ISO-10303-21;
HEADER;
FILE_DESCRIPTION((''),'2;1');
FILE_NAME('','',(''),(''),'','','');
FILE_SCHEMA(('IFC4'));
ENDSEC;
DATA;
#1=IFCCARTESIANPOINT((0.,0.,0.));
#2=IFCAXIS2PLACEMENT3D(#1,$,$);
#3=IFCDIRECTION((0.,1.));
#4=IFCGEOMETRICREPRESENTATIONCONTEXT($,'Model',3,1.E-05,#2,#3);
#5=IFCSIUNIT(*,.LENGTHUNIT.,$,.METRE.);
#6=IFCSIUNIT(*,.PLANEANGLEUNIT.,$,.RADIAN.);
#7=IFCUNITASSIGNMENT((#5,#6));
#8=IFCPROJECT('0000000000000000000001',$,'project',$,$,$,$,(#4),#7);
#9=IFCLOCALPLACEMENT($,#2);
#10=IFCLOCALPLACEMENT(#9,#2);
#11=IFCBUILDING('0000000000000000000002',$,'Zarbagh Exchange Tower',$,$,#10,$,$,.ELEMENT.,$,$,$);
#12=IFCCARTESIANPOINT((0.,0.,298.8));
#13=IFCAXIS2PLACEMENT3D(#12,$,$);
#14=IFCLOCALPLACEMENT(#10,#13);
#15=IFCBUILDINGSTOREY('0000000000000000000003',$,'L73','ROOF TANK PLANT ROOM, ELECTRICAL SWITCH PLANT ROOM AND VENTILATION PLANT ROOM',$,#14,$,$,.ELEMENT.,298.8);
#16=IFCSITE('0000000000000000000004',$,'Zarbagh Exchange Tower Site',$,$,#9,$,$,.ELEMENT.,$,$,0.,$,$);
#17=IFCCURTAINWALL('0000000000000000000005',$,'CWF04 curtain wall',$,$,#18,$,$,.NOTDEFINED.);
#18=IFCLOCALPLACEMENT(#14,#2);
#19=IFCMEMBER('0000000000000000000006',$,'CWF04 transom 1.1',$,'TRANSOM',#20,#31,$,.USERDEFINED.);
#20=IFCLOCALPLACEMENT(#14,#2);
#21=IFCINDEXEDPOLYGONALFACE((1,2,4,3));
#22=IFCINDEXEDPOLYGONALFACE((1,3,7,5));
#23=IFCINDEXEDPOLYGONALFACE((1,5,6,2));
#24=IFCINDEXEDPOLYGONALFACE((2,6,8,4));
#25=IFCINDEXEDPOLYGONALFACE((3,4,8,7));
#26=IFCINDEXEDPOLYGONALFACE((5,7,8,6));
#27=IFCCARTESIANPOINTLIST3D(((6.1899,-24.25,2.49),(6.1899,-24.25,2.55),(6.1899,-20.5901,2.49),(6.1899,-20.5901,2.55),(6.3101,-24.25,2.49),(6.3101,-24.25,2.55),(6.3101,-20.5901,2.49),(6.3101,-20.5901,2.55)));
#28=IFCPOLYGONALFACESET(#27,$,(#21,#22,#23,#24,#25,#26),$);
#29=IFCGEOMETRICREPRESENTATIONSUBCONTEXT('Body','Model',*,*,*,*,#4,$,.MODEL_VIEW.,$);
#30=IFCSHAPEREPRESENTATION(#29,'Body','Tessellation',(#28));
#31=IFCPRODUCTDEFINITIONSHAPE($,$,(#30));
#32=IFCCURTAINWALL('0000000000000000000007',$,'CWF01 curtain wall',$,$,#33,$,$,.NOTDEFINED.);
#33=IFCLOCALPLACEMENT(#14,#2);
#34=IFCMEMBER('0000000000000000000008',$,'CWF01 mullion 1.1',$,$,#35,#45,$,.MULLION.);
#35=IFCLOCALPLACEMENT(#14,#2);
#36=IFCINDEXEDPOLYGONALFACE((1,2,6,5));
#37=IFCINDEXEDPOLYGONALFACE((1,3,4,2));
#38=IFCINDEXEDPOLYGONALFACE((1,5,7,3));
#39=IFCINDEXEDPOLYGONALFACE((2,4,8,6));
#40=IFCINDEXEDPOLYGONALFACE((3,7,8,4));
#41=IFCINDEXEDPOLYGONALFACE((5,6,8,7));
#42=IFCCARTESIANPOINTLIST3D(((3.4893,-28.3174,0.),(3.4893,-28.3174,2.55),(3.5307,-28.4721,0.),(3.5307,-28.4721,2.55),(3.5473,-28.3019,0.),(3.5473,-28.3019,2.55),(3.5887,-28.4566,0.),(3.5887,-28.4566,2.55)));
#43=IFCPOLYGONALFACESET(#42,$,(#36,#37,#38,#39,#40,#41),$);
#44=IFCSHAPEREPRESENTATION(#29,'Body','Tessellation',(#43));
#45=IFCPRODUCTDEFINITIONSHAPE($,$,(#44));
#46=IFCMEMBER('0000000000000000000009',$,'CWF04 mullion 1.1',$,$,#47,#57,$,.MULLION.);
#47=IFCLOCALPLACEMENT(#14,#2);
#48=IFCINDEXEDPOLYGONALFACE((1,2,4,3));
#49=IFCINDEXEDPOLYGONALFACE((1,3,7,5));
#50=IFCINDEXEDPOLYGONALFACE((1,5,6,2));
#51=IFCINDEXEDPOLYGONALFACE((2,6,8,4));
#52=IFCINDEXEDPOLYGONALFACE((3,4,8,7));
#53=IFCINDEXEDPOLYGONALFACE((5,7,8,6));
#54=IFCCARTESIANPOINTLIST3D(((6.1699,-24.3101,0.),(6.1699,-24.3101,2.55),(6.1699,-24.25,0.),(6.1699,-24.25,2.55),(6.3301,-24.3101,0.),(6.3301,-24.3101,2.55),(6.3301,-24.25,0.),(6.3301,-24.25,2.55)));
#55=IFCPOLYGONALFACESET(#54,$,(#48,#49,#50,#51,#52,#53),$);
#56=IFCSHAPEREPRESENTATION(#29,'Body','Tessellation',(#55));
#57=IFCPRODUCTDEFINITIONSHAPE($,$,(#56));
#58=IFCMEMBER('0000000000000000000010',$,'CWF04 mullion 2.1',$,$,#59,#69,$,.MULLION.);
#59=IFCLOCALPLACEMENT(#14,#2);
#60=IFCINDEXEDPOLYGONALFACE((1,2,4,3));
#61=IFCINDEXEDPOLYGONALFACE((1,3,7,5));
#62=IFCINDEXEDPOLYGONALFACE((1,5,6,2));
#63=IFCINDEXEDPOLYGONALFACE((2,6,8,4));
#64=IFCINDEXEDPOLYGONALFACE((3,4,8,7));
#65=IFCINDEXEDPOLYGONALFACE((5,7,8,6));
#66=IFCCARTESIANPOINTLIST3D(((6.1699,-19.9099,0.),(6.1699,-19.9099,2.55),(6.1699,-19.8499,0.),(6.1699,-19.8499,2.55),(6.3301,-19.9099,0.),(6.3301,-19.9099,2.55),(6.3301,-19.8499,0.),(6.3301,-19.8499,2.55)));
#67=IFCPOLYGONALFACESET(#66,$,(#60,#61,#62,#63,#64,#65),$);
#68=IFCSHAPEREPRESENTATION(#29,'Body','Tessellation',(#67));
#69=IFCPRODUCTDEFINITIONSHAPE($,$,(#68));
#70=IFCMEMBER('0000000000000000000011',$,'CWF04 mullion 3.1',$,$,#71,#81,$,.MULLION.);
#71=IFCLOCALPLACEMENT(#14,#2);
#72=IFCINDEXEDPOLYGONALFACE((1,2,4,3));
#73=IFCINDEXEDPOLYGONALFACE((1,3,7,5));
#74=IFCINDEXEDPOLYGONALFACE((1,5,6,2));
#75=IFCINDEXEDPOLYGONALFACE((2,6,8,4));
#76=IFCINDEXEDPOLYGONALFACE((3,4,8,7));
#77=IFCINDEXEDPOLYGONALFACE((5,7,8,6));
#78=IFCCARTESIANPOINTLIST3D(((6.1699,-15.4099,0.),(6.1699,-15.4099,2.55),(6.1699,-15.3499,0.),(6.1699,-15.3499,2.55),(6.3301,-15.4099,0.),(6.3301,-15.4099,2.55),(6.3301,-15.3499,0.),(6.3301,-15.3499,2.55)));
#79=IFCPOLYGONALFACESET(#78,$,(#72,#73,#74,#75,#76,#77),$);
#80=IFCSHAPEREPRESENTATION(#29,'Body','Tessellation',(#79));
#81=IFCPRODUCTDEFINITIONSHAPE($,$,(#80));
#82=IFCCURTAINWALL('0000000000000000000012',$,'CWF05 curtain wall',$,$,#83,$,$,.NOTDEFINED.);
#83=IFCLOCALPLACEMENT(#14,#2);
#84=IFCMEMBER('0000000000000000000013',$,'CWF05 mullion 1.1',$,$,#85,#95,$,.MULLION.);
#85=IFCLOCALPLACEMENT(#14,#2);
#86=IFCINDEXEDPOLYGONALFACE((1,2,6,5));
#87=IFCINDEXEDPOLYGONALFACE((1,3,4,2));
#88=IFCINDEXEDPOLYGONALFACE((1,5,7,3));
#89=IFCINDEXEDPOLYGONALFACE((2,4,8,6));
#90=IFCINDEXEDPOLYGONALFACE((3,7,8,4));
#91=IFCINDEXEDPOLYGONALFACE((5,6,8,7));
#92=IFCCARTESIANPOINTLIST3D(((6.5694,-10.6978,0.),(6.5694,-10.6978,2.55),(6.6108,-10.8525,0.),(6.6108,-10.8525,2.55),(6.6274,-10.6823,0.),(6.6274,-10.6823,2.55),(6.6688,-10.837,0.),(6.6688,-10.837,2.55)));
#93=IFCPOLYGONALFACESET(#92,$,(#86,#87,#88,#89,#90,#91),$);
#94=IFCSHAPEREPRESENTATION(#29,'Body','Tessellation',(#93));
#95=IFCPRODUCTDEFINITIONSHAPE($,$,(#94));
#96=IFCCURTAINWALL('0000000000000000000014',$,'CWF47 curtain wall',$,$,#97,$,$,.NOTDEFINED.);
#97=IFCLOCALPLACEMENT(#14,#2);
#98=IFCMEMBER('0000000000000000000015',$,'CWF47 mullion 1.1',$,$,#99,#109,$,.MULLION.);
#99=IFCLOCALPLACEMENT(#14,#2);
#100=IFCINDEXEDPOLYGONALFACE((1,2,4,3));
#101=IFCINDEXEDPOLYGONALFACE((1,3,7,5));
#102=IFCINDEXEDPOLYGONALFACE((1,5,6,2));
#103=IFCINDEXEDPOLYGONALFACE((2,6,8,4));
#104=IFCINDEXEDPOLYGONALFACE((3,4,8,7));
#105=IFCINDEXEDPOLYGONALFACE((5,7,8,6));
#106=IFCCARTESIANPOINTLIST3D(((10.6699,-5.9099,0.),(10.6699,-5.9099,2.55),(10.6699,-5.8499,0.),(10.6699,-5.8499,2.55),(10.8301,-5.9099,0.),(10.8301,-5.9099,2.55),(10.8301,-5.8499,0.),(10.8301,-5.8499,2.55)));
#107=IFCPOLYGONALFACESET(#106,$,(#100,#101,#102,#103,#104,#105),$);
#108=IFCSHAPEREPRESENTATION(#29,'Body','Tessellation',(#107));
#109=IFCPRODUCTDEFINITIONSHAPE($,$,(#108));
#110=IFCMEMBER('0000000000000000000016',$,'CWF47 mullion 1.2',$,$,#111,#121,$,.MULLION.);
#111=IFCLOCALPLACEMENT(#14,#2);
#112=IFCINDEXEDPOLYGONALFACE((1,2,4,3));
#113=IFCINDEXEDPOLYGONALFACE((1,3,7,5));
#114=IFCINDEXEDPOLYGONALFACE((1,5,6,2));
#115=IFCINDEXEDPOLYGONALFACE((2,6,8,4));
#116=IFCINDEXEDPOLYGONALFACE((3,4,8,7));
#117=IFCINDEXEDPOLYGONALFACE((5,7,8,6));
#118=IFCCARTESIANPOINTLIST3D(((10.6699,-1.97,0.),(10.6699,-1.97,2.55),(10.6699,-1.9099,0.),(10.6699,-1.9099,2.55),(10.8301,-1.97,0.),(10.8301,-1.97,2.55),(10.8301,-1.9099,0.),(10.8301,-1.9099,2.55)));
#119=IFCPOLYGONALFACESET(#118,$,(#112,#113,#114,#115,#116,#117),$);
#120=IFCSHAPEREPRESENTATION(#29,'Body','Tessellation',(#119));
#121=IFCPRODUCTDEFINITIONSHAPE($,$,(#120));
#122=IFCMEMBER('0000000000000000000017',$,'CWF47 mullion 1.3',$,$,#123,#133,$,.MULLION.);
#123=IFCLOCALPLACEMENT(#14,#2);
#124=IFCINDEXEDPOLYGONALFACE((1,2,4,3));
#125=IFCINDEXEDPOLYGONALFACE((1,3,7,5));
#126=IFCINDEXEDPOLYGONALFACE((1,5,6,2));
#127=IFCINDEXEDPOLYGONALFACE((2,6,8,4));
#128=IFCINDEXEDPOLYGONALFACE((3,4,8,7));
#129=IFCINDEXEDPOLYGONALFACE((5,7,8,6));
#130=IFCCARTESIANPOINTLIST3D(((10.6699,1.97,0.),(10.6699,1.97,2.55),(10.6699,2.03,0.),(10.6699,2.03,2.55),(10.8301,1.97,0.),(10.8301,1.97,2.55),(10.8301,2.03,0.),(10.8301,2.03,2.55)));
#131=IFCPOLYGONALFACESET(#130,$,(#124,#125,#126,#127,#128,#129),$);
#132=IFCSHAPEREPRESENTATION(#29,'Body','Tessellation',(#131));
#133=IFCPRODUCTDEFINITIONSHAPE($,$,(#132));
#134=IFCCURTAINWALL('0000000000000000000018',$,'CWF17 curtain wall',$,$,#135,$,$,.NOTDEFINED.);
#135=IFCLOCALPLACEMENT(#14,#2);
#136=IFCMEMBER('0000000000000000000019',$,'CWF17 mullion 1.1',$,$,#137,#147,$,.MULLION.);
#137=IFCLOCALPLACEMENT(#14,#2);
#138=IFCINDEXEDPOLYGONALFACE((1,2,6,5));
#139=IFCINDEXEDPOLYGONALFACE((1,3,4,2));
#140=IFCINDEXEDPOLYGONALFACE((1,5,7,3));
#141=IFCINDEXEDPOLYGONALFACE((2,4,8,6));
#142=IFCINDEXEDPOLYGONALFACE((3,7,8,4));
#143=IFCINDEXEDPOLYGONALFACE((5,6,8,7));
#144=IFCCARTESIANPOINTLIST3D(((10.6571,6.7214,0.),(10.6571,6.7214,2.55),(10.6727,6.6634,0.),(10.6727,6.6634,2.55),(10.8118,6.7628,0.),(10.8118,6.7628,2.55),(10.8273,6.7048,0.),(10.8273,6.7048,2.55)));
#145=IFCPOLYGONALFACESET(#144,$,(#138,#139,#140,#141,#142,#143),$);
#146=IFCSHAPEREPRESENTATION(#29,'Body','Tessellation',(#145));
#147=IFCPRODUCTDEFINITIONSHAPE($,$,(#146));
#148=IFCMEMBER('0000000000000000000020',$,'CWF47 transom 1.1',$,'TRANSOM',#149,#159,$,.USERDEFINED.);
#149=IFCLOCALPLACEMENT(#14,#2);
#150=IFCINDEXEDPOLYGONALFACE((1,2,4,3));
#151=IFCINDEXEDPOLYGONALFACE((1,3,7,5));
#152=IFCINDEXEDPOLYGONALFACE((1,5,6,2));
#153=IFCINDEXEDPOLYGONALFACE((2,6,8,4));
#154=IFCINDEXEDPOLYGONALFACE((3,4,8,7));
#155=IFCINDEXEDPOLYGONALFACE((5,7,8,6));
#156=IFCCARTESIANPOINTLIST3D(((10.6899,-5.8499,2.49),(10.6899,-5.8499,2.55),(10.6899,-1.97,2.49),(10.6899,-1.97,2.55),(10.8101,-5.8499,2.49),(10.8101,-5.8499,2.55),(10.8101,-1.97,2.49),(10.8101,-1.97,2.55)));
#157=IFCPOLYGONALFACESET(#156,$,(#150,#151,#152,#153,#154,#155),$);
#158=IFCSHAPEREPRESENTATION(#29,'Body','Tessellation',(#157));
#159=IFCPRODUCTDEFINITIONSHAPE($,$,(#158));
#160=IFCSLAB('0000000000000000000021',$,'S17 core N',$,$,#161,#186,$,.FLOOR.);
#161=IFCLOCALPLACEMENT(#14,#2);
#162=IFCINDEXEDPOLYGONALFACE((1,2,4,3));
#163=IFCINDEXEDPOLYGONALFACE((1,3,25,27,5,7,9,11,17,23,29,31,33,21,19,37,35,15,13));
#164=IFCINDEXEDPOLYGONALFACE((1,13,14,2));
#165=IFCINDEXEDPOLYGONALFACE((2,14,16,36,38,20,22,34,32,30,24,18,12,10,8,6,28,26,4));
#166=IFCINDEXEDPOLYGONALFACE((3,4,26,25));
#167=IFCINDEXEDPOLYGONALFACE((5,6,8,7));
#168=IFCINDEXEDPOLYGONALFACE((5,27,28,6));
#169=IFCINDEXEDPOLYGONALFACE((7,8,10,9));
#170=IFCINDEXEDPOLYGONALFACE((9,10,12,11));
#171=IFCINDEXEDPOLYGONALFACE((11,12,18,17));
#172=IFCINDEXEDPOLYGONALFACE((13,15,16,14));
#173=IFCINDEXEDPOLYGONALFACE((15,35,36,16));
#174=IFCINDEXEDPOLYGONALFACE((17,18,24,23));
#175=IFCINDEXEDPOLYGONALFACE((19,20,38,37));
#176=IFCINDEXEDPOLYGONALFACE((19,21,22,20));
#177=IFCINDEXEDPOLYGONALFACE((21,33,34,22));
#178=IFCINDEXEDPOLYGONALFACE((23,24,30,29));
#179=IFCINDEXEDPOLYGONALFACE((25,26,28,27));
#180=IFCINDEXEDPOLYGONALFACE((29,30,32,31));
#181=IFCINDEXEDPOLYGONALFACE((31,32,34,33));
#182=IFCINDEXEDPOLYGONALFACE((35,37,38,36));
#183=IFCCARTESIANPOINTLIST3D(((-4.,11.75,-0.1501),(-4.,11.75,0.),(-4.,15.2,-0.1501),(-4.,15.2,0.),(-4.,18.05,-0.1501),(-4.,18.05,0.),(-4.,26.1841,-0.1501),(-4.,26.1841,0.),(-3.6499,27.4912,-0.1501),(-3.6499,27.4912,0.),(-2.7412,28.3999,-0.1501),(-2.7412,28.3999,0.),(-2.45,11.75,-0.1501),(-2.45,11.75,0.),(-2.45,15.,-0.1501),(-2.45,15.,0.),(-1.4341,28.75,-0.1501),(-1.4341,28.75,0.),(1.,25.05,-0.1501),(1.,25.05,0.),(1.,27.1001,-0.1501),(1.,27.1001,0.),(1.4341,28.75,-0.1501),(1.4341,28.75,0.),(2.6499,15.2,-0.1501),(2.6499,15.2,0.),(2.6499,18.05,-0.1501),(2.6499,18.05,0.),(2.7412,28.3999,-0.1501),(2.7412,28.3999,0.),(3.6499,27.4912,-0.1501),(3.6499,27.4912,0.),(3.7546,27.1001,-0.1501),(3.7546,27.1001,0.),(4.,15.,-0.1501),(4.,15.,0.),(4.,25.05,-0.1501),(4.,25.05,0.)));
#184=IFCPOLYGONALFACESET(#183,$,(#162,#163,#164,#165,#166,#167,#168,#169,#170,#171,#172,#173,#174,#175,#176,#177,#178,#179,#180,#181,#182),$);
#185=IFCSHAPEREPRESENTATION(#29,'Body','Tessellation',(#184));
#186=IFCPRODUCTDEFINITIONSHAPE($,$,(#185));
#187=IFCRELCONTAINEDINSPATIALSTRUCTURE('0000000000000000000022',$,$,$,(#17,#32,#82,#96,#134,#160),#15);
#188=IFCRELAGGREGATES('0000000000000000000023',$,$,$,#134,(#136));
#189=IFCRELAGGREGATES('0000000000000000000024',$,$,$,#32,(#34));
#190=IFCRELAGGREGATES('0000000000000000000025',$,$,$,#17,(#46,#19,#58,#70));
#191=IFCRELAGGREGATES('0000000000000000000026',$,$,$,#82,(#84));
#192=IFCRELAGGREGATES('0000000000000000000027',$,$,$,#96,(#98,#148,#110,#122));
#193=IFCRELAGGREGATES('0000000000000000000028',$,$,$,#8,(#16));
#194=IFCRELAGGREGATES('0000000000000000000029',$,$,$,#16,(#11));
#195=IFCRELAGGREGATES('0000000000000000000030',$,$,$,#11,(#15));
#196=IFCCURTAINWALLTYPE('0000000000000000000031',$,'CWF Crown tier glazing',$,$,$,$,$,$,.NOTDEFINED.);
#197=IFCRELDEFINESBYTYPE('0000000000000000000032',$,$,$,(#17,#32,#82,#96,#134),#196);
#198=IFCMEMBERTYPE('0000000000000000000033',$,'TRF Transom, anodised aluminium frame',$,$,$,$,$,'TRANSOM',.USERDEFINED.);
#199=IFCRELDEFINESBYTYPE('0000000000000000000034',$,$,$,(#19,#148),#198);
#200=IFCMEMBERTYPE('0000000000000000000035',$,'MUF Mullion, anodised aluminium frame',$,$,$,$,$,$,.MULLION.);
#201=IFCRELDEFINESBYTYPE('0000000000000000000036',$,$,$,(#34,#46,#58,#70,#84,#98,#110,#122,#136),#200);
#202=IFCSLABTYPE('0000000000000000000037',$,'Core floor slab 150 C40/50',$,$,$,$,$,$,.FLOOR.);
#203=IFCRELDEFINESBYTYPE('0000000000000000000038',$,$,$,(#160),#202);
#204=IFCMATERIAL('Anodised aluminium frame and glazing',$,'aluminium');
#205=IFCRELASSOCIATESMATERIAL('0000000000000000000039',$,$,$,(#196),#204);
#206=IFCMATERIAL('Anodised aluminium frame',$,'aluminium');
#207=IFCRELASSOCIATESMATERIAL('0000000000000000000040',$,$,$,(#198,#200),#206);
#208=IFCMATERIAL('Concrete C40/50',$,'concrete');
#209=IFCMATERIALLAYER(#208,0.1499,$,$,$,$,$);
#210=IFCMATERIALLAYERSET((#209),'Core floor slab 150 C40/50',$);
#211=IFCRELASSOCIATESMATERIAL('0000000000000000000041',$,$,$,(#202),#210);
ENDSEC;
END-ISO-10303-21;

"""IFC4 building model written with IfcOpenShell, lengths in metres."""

from ifc_helpers import new_model, si_unit, direction, frame, origin, place, context, subcontext, project, spatial, polyline, outline, extrude, source, transform, mapped, material, layer, layer_set, type_object, element, aggregate, save


model = new_model("IFC4")

# Units and contexts
model_context = context("Model", 3, precision=1e-05, world=origin(), true_north=direction((0.0, 1.0)))
body_context = subcontext(model_context, "Body", "Model", "MODEL_VIEW")
ifc_project = project(units=[si_unit("LENGTHUNIT", "METRE"), si_unit("PLANEANGLEUNIT", "RADIAN")], contexts=[model_context])

# Site, building, storey
site_placement = place(None, origin())
site = spatial("IfcSite", under=ifc_project, at=site_placement, Name="Zarbagh Exchange Tower Site", CompositionType="ELEMENT", RefElevation=0.0)
building_placement = place(site_placement, origin())
building = spatial("IfcBuilding", under=site, at=building_placement, Name="Zarbagh Exchange Tower", CompositionType="ELEMENT")
storey_placement = place(building_placement, frame((0.0, 0.0, 298.8)))
storey = spatial("IfcBuildingStorey", under=building, at=storey_placement, Name="L73", Description="ROOF TANK PLANT ROOM, ELECTRICAL SWITCH PLANT ROOM AND VENTILATION PLANT ROOM", CompositionType="ELEMENT", Elevation=298.8)

# Curtain walls, members
ifc_material_1 = material(Name="Anodised aluminium frame and glazing", Category="aluminium")
curtain_wall_type = type_object("IfcCurtainWallType", Name="CWF Crown tier glazing", PredefinedType="NOTDEFINED", material=ifc_material_1)
curtain_wall_1_placement = place(storey_placement, origin())
curtain_wall_1 = element("IfcCurtainWall", 1, at=curtain_wall_1_placement, inside=storey, type_object=curtain_wall_type, Name="CWF04 curtain wall", PredefinedType="NOTDEFINED")
ifc_material_2 = material(Name="Anodised aluminium frame", Category="aluminium")
member_type_1 = type_object("IfcMemberType", Name="TRF Transom, anodised aluminium frame", ElementType="TRANSOM", PredefinedType="USERDEFINED", material=ifc_material_2)
shared_shape_1 = source(origin(), body_context, "Body", "SweptSolid", [
    extrude(outline(polyline([(-0.0601, -0.0601), (0.0, -0.0601), (0.0, 0.0601), (-0.0601, 0.0601), (-0.0601, -0.0601)])), origin(), (0.0, 0.0, 1.0), 3.6599),
])
placement = place(storey_placement, origin())
member_1 = element("IfcMember", 2, at=placement, type_object=member_type_1, Name="CWF04 transom 1.1", ObjectType="TRANSOM", PredefinedType="USERDEFINED", context=body_context, shape_type="MappedRepresentation", body=[
    mapped(shared_shape_1, transform((6.25, -24.25, 2.55), x_axis=(0.0, 0.0, 1.0), y_axis=(1.0, 0.0, 0.0), z_axis=(0.0, 1.0, 0.0))),
])
curtain_wall_2_placement = place(storey_placement, origin())
curtain_wall_2 = element("IfcCurtainWall", 3, at=curtain_wall_2_placement, inside=storey, type_object=curtain_wall_type, Name="CWF01 curtain wall", PredefinedType="NOTDEFINED")
member_type_2 = type_object("IfcMemberType", Name="MUF Mullion, anodised aluminium frame", PredefinedType="MULLION", material=ifc_material_2)
shared_shape_2 = source(origin(), body_context, "Body", "SweptSolid", [
    extrude(outline(polyline([(0.0, -0.0801), (0.0601, -0.0801), (0.0601, 0.0801), (0.0, 0.0801), (0.0, -0.0801)])), origin(), (0.0, 0.0, 1.0), 2.55),
])
member_2 = element("IfcMember", 4, at=placement, type_object=member_type_2, Name="CWF01 mullion 1.1", PredefinedType="MULLION", context=body_context, shape_type="MappedRepresentation", body=[
    mapped(shared_shape_2, transform((3.51, -28.3948, 0.0), x_axis=(0.965924, 0.258825, 0.0), y_axis=(-0.258825, 0.965924, 0.0), z_axis=(0.0, 0.0, 1.0))),
])

# Members
member_3 = element("IfcMember", 5, at=placement, type_object=member_type_2, Name="CWF04 mullion 1.1", PredefinedType="MULLION", context=body_context, shape_type="MappedRepresentation", body=[
    mapped(shared_shape_2, transform((6.25, -24.3101, 0.0), x_axis=(0.0, 1.0, 0.0), y_axis=(-1.0, 0.0, 0.0), z_axis=(0.0, 0.0, 1.0))),
])
member_4 = element("IfcMember", 6, at=placement, type_object=member_type_2, Name="CWF04 mullion 2.1", PredefinedType="MULLION", context=body_context, shape_type="MappedRepresentation", body=[
    mapped(shared_shape_2, transform((6.25, -19.9099, 0.0), x_axis=(0.0, 1.0, 0.0), y_axis=(-1.0, 0.0, 0.0), z_axis=(0.0, 0.0, 1.0))),
])
member_5 = element("IfcMember", 7, at=placement, type_object=member_type_2, Name="CWF04 mullion 3.1", PredefinedType="MULLION", context=body_context, shape_type="MappedRepresentation", body=[
    mapped(shared_shape_2, transform((6.25, -15.4099, 0.0), x_axis=(0.0, 1.0, 0.0), y_axis=(-1.0, 0.0, 0.0), z_axis=(0.0, 0.0, 1.0))),
])

# Curtain wall, member
curtain_wall_3_placement = place(storey_placement, origin())
curtain_wall_3 = element("IfcCurtainWall", 8, at=curtain_wall_3_placement, inside=storey, type_object=curtain_wall_type, Name="CWF05 curtain wall", PredefinedType="NOTDEFINED")
member_6 = element("IfcMember", 9, at=placement, type_object=member_type_2, Name="CWF05 mullion 1.1", PredefinedType="MULLION", context=body_context, shape_type="MappedRepresentation", body=[
    mapped(shared_shape_2, transform((6.5901, -10.7751, 0.0), x_axis=(0.965924, 0.258825, 0.0), y_axis=(-0.258825, 0.965924, 0.0), z_axis=(0.0, 0.0, 1.0))),
])

# Curtain wall, members
curtain_wall_4_placement = place(storey_placement, origin())
curtain_wall_4 = element("IfcCurtainWall", 10, at=curtain_wall_4_placement, inside=storey, type_object=curtain_wall_type, Name="CWF47 curtain wall", PredefinedType="NOTDEFINED")
member_7 = element("IfcMember", 11, at=placement, type_object=member_type_2, Name="CWF47 mullion 1.1", PredefinedType="MULLION", context=body_context, shape_type="MappedRepresentation", body=[
    mapped(shared_shape_2, transform((10.75, -5.9099, 0.0), x_axis=(0.0, 1.0, 0.0), y_axis=(-1.0, 0.0, 0.0), z_axis=(0.0, 0.0, 1.0))),
])
member_8 = element("IfcMember", 12, at=placement, type_object=member_type_2, Name="CWF47 mullion 1.2", PredefinedType="MULLION", context=body_context, shape_type="MappedRepresentation", body=[
    mapped(shared_shape_2, transform((10.75, -1.97, 0.0), x_axis=(0.0, 1.0, 0.0), y_axis=(-1.0, 0.0, 0.0), z_axis=(0.0, 0.0, 1.0))),
])
member_9 = element("IfcMember", 13, at=placement, type_object=member_type_2, Name="CWF47 mullion 1.3", PredefinedType="MULLION", context=body_context, shape_type="MappedRepresentation", body=[
    mapped(shared_shape_2, transform((10.75, 1.97, 0.0), x_axis=(0.0, 1.0, 0.0), y_axis=(-1.0, 0.0, 0.0), z_axis=(0.0, 0.0, 1.0))),
])

# Curtain wall, member
curtain_wall_5_placement = place(storey_placement, origin())
curtain_wall_5 = element("IfcCurtainWall", 14, at=curtain_wall_5_placement, inside=storey, type_object=curtain_wall_type, Name="CWF17 curtain wall", PredefinedType="NOTDEFINED")
member_10 = element("IfcMember", 15, at=placement, type_object=member_type_2, Name="CWF17 mullion 1.1", PredefinedType="MULLION", context=body_context, shape_type="MappedRepresentation", body=[
    mapped(shared_shape_2, transform((10.75, 6.6841, 0.0), x_axis=(-0.258825, 0.965924, 0.0), y_axis=(-0.965924, -0.258825, 0.0), z_axis=(0.0, 0.0, 1.0))),
])
aggregate(curtain_wall_5, [member_10])

# Member
shared_shape_3 = source(origin(), body_context, "Body", "SweptSolid", [
    extrude(outline(polyline([(-0.0601, -0.0601), (0.0, -0.0601), (0.0, 0.0601), (-0.0601, 0.0601), (-0.0601, -0.0601)])), origin(), (0.0, 0.0, 1.0), 3.8799),
])
member_11 = element("IfcMember", 16, at=placement, type_object=member_type_1, Name="CWF47 transom 1.1", ObjectType="TRANSOM", PredefinedType="USERDEFINED", context=body_context, shape_type="MappedRepresentation", body=[
    mapped(shared_shape_3, transform((10.75, -5.8499, 2.55), x_axis=(0.0, 0.0, 1.0), y_axis=(1.0, 0.0, 0.0), z_axis=(0.0, 1.0, 0.0))),
])

# Slab
ifc_material_3 = material(Name="Concrete C40/50", Category="concrete")
ifc_layer_1 = layer(ifc_material_3, 0.1499)
ifc_layer_set_1 = layer_set([ifc_layer_1], Name="Core floor slab 150 C40/50")
slab_type = type_object("IfcSlabType", Name="Core floor slab 150 C40/50", PredefinedType="FLOOR", material=ifc_layer_set_1)
slab_1_placement = place(storey_placement, frame((0.0, 0.0, -0.1501)))
element("IfcSlab", 17, at=slab_1_placement, inside=storey, type_object=slab_type, Name="S17 core N", PredefinedType="FLOOR", context=body_context, shape_type="SweptSolid", body=[
    extrude(outline(polyline([(-4.0, 11.75), (-4.0, 15.2), (2.6499, 15.2), (2.6499, 18.05), (-4.0, 18.05), (-4.0, 26.1841), (-3.6499, 27.4912), (-2.7412, 28.3999), (-1.4341, 28.75), (1.4341, 28.75), (2.7412, 28.3999), (3.6499, 27.4912), (3.8577, 26.7151), (3.7546, 27.1001), (1.0, 27.1001), (1.0, 25.05), (4.0, 25.05), (4.0, 15.0), (-2.45, 15.0), (-2.45, 11.75), (-4.0, 11.75)])), origin(), (0.0, 0.0, 1.0), 0.1501),
])

aggregate(curtain_wall_2, [member_2])

aggregate(curtain_wall_1, [member_3, member_1, member_4, member_5])
aggregate(curtain_wall_3, [member_6])

aggregate(curtain_wall_4, [member_7, member_11, member_8, member_9])

save(model, "model.ifc")
